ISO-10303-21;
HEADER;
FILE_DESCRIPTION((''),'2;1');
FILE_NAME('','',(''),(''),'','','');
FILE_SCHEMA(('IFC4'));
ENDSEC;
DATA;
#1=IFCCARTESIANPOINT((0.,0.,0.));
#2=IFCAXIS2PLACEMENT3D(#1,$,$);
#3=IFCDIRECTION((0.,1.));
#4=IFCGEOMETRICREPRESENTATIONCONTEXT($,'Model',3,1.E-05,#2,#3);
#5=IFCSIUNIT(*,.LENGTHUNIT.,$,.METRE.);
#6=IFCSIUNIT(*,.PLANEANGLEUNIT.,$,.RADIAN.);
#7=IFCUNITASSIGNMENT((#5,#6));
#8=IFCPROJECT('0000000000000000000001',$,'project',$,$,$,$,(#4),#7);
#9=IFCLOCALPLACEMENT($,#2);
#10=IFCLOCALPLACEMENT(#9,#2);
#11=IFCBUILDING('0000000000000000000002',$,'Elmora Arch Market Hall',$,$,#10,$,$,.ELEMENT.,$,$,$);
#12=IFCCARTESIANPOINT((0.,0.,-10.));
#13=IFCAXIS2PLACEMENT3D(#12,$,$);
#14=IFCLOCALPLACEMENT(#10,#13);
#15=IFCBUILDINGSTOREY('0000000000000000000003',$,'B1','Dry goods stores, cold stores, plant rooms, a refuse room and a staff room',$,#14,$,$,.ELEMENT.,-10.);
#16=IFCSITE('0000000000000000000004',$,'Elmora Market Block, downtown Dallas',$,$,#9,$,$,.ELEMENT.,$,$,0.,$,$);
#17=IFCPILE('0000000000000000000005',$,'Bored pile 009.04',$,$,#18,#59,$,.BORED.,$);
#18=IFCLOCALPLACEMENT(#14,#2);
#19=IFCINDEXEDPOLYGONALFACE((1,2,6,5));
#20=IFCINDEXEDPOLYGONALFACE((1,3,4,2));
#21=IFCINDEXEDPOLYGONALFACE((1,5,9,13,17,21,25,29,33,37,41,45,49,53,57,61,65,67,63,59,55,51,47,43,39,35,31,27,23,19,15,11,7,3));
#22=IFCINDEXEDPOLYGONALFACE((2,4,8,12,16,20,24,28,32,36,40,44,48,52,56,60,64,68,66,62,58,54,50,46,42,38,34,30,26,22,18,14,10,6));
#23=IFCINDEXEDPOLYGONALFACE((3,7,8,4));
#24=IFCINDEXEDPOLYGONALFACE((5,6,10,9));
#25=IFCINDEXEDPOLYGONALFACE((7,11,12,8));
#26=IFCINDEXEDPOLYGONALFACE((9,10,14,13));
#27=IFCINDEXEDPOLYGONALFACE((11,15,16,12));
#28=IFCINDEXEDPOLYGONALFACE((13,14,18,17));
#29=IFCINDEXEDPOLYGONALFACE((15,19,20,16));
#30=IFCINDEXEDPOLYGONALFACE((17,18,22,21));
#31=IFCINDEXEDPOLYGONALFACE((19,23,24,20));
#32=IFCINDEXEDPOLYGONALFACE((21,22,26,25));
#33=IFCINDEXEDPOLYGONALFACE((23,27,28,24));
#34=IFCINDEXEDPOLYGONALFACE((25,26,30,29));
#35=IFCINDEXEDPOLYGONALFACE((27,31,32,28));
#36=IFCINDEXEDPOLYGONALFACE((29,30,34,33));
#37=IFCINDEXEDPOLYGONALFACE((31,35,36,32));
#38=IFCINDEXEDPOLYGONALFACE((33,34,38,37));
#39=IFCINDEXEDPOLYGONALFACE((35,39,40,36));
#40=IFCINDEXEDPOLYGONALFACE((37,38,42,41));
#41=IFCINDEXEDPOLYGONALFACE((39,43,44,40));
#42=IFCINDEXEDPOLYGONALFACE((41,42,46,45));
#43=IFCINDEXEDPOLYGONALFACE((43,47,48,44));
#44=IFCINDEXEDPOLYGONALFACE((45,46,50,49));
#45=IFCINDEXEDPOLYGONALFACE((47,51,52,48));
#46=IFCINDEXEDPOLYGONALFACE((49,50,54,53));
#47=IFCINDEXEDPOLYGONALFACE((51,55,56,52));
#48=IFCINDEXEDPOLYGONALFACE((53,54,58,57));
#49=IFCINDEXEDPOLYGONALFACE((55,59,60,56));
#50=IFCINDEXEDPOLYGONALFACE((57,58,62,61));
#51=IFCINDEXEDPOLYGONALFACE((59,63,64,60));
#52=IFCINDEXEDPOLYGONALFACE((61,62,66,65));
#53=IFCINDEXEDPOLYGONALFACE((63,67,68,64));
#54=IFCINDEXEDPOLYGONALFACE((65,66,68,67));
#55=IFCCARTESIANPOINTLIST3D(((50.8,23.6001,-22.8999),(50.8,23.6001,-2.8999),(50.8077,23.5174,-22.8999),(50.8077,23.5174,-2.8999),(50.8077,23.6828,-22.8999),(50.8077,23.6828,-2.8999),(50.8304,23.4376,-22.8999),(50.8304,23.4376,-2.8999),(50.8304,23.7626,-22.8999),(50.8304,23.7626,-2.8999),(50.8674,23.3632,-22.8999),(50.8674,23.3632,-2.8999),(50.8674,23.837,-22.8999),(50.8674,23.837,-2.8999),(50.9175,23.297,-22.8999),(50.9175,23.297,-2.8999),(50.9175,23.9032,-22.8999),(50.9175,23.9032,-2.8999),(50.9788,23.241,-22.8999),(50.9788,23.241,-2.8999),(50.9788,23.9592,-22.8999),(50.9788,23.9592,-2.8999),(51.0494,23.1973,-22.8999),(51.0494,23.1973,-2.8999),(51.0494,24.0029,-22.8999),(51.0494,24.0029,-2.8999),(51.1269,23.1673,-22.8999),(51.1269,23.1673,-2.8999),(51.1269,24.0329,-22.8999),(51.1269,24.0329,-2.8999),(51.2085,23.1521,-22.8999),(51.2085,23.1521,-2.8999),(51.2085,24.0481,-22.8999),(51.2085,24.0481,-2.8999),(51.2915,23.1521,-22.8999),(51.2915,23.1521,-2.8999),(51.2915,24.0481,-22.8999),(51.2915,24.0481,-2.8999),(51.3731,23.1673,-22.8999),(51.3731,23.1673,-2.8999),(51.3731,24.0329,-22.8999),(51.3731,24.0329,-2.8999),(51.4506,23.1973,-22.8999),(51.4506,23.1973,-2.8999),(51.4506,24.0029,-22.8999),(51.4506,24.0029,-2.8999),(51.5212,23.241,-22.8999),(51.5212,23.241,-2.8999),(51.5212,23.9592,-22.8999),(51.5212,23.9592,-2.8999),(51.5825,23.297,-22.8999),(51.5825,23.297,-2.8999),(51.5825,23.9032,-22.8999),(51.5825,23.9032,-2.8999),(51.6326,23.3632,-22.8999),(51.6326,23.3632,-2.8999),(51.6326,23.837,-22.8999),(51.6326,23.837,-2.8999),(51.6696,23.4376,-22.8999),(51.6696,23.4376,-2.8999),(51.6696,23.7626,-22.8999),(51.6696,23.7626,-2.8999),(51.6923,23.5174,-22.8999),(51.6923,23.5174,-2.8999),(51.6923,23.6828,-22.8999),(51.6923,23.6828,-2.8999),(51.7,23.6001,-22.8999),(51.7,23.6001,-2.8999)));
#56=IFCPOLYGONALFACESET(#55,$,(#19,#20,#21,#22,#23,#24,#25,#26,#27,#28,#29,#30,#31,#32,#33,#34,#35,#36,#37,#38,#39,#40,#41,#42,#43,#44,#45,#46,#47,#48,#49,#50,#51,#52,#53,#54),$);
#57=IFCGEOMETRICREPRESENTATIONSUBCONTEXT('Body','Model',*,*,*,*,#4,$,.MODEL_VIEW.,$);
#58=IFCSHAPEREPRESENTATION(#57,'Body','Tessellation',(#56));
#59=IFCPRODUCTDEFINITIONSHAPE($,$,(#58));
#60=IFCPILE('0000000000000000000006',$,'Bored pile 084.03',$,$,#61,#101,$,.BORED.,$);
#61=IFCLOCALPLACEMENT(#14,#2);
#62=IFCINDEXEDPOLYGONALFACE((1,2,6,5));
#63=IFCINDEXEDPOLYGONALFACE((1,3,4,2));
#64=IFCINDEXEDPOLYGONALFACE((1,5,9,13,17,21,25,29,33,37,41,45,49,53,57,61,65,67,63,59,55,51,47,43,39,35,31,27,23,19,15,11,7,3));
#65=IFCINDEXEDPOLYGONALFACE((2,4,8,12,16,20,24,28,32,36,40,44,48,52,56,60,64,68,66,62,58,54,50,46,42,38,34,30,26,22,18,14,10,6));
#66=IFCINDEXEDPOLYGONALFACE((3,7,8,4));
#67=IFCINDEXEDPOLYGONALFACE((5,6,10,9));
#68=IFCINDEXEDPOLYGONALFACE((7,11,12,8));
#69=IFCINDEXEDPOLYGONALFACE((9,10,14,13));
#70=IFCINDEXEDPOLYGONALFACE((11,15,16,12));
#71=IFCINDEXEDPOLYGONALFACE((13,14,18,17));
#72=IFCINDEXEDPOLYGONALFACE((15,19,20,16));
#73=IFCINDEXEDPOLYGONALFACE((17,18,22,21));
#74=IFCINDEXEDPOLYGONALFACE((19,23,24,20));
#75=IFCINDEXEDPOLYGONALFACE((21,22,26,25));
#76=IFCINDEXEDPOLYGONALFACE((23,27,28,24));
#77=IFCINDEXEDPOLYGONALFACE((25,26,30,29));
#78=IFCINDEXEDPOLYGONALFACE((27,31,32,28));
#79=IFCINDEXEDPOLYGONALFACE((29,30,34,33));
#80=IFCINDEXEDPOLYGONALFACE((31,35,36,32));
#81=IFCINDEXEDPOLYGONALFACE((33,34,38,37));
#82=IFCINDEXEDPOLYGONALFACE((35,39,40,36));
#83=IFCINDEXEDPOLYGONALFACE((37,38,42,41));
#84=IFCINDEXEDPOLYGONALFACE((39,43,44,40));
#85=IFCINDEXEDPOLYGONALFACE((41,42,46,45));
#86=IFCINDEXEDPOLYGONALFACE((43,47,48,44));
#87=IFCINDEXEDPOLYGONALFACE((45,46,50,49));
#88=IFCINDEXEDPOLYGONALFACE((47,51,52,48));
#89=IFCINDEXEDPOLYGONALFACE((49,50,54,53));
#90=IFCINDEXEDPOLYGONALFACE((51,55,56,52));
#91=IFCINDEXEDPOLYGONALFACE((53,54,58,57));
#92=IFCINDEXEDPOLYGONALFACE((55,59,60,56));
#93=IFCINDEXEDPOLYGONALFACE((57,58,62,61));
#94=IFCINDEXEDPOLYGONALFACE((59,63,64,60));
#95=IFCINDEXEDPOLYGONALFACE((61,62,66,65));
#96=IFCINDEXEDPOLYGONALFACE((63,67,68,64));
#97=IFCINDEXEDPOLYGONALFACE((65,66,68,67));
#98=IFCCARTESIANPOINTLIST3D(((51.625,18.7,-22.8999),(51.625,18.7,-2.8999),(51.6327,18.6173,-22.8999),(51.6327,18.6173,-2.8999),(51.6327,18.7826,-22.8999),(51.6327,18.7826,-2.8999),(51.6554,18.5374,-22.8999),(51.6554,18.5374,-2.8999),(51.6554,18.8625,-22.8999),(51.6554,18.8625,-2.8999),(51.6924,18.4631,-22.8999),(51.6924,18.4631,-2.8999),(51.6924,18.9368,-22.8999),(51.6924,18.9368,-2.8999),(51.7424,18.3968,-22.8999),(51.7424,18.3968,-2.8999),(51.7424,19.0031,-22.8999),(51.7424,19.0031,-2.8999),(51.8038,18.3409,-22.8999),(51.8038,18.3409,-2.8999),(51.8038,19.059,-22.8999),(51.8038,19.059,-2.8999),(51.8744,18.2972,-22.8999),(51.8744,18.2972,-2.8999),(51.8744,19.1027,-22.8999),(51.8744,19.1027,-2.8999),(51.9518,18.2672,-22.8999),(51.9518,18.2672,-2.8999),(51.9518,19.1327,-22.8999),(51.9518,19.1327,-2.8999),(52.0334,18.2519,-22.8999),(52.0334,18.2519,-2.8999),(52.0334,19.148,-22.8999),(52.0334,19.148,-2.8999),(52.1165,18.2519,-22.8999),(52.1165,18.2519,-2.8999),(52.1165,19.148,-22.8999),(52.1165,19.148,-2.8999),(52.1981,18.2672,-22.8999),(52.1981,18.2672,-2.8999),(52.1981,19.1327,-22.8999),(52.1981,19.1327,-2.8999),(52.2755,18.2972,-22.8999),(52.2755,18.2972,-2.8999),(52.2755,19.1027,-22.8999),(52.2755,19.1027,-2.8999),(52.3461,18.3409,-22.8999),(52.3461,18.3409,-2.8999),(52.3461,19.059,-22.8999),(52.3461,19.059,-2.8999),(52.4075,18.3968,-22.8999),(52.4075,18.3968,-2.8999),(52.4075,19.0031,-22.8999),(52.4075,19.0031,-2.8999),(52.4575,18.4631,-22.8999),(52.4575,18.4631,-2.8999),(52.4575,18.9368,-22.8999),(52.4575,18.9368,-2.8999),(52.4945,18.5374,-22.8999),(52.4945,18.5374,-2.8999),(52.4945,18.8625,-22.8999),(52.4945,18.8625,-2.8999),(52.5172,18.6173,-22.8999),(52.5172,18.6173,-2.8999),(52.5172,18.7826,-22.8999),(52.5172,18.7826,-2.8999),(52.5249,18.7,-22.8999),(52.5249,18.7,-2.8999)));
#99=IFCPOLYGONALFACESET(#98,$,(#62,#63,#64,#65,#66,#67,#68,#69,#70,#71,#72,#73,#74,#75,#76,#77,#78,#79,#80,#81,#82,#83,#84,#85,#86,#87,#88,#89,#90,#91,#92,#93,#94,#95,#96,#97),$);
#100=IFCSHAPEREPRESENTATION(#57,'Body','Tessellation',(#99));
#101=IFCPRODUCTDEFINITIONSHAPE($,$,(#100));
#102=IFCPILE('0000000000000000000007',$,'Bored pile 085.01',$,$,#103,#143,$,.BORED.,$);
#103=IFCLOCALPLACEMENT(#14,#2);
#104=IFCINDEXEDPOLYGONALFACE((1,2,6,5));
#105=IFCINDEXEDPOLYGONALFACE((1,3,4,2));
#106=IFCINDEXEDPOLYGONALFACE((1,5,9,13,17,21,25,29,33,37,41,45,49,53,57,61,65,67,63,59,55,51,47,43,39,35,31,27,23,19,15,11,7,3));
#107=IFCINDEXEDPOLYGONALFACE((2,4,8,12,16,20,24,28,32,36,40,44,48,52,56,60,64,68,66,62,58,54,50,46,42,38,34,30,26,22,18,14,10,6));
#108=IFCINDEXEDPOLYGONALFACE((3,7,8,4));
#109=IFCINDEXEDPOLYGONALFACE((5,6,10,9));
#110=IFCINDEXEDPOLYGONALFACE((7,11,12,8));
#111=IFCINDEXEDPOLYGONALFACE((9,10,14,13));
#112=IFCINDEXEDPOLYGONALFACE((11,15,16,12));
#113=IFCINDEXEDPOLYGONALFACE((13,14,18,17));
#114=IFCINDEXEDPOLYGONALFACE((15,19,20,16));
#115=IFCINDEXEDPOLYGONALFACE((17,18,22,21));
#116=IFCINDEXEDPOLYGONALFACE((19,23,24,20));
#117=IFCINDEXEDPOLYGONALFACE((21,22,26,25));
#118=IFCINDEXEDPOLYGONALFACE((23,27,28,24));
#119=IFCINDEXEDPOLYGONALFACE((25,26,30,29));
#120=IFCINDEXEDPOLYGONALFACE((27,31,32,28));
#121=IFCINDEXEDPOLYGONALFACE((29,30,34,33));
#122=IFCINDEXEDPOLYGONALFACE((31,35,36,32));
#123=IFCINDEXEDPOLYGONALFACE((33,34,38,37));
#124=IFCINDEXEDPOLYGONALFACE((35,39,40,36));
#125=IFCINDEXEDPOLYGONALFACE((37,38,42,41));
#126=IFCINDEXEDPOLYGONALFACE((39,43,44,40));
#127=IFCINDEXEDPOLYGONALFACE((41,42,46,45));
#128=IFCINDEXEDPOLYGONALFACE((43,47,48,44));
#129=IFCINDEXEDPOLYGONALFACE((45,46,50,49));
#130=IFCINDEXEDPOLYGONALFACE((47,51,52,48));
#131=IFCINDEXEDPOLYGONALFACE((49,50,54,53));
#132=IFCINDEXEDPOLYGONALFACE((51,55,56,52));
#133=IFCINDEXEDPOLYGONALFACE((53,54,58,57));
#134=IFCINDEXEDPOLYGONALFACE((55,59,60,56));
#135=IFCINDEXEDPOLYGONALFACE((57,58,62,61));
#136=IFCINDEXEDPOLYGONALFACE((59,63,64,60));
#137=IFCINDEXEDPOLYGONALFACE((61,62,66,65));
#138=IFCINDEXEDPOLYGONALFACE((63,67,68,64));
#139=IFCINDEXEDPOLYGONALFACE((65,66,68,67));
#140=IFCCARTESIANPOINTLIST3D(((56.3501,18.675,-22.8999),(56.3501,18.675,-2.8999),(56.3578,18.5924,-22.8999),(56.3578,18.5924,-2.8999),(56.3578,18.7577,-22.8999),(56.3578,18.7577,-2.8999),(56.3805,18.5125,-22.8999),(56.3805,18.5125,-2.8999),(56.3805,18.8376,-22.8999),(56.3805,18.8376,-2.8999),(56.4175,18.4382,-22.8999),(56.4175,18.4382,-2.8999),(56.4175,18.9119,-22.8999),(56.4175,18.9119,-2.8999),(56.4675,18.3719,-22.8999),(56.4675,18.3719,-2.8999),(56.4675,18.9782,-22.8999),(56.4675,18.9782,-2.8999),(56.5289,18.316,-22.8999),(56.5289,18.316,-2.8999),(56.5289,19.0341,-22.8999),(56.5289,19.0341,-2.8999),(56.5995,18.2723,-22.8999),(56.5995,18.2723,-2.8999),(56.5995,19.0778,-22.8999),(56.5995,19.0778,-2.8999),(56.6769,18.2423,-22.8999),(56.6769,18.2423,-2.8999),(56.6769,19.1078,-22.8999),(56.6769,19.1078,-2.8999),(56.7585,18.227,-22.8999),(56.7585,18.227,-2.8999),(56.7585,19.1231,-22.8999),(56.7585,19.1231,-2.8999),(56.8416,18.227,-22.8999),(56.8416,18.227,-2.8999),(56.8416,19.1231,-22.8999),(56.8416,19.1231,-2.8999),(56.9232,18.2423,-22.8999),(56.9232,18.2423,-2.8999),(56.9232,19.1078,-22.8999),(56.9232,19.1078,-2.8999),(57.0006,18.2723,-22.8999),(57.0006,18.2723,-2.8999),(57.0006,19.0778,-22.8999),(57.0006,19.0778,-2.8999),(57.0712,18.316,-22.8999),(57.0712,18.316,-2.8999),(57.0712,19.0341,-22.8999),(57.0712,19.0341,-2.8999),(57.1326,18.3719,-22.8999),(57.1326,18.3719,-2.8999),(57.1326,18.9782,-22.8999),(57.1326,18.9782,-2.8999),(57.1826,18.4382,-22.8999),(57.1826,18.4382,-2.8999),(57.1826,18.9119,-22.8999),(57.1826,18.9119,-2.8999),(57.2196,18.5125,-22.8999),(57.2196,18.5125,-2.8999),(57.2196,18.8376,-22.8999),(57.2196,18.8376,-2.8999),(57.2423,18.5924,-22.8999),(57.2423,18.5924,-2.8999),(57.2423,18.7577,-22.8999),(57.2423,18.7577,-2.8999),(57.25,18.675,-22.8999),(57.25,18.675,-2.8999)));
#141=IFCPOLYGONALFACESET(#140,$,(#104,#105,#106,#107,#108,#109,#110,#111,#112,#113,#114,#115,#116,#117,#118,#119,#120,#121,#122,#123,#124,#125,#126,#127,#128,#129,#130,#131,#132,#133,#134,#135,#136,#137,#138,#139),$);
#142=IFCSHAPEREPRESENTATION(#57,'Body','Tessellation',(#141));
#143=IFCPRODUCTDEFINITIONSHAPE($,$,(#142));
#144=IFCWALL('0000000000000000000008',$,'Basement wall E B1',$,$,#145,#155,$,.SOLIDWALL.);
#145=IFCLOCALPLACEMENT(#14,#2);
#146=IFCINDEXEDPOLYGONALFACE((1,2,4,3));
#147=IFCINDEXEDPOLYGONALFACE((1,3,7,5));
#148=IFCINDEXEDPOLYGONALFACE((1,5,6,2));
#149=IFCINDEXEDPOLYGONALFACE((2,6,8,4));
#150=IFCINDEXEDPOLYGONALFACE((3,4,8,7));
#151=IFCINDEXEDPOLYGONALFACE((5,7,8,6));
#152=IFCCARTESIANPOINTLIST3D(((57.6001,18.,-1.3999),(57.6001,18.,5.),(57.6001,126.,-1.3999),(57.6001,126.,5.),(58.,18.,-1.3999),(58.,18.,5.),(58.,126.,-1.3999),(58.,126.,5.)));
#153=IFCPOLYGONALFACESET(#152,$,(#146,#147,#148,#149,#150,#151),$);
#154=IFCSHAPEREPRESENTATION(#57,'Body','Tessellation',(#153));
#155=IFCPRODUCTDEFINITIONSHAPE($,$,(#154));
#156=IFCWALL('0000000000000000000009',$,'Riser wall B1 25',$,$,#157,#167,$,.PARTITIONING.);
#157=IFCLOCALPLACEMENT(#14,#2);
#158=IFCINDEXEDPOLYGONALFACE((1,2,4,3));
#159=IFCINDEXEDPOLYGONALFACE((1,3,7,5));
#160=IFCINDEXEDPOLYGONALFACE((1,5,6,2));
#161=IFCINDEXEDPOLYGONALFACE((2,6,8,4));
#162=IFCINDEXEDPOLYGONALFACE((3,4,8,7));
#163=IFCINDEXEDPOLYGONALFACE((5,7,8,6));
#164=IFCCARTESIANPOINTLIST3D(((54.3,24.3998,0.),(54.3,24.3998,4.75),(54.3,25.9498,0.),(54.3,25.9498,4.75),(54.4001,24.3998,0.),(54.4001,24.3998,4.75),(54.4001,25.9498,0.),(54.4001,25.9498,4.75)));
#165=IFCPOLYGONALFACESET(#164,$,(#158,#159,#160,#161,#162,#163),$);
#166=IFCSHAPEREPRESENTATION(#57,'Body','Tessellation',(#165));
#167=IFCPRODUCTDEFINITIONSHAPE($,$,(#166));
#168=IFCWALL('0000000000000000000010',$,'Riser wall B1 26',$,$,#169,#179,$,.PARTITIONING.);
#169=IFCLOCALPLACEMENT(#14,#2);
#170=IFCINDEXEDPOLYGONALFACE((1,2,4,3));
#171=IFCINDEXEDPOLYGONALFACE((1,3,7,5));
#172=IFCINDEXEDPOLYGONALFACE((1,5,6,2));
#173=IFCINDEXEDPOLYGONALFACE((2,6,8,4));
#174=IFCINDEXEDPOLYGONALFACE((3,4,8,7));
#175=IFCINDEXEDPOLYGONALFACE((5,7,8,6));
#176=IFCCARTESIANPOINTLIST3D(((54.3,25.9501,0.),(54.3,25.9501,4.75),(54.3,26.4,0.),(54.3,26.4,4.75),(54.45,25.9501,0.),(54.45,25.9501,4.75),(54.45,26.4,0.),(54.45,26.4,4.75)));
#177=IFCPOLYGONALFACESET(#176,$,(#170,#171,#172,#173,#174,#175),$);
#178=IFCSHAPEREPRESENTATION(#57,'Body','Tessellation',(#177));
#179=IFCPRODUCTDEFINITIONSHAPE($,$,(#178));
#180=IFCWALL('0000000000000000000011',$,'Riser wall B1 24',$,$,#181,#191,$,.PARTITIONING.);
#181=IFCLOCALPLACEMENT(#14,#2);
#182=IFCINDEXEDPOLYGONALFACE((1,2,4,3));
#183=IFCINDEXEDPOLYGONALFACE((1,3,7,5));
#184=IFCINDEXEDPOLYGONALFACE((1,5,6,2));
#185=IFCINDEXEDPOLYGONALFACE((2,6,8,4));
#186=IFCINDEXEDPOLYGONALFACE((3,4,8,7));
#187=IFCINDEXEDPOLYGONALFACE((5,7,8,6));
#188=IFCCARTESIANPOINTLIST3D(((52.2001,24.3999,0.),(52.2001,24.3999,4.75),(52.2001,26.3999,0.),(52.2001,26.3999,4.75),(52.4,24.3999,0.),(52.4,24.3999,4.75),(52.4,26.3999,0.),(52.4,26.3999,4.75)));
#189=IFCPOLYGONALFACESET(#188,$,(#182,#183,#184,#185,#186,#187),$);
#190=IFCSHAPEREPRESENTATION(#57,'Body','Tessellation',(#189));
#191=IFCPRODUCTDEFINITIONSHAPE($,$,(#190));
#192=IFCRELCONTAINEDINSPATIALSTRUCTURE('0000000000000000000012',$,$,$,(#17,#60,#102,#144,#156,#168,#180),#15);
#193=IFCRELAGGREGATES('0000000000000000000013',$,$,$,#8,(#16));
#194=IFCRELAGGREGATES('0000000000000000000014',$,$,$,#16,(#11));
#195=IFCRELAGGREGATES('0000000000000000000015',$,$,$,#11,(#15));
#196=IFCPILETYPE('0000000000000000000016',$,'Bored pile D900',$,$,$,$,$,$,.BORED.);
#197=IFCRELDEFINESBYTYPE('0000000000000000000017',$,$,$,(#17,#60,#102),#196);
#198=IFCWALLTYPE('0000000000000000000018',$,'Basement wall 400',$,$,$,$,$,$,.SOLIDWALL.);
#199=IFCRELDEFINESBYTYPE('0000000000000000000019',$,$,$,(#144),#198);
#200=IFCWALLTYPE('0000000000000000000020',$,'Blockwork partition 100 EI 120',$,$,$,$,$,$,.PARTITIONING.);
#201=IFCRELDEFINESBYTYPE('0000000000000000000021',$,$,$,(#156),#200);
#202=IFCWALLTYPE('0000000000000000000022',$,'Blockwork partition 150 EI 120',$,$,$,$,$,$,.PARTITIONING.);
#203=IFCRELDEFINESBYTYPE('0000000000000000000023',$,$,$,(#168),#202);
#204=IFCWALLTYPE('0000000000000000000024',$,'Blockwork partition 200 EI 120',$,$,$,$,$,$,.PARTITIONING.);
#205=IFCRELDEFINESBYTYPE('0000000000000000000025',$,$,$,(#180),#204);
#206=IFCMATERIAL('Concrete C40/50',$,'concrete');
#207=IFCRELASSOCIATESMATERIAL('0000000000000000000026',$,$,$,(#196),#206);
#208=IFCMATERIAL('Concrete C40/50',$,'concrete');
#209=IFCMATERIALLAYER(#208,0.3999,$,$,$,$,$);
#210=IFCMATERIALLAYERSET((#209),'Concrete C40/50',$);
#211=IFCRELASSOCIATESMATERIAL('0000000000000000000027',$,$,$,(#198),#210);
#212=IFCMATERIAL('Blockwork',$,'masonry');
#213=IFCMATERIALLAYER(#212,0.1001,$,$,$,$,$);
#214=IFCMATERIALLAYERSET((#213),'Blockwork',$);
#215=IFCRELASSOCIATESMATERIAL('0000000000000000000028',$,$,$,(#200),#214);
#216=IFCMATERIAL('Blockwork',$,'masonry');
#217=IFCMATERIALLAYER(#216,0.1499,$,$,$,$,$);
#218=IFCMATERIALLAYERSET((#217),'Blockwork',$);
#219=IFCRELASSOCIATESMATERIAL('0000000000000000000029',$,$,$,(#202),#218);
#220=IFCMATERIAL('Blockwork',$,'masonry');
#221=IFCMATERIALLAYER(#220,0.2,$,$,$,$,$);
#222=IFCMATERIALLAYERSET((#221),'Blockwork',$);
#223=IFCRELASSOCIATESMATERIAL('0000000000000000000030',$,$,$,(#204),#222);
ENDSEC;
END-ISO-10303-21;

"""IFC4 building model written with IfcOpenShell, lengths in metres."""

from ifc_helpers import new_model, si_unit, direction, frame, frame_2d, origin, origin_2d, place, context, subcontext, project, spatial, rectangle, circle, extrude, material, layer, layer_set, material_profile, profile_set, type_object, element, save


model = new_model("IFC4")

# Units and contexts
model_context = context("Model", 3, precision=1e-05, world=origin(), true_north=direction((0.0, 1.0)))
body_context = subcontext(model_context, "Body", "Model", "MODEL_VIEW")
ifc_project = project(units=[si_unit("LENGTHUNIT", "METRE"), si_unit("PLANEANGLEUNIT", "RADIAN")], contexts=[model_context])

# Site, building, storey
site_placement = place(None, origin())
site = spatial("IfcSite", under=ifc_project, at=site_placement, Name="Elmora Market Block, downtown Dallas", CompositionType="ELEMENT", RefElevation=0.0)
building_placement = place(site_placement, origin())
building = spatial("IfcBuilding", under=site, at=building_placement, Name="Elmora Arch Market Hall", CompositionType="ELEMENT")
storey_placement = place(building_placement, frame((0.0, 0.0, -10.0)))
storey = spatial("IfcBuildingStorey", under=building, at=storey_placement, Name="B1", Description="Dry goods stores, cold stores, plant rooms, a refuse room and a staff room", CompositionType="ELEMENT", Elevation=-10.0)

# Piles
ifc_material_1 = material(Name="Concrete C40/50", Category="concrete")
ifc_material_profile = material_profile(ifc_material_1, circle(Radius=0.45, at=origin_2d()), Name="Bored pile D900")
ifc_profile_set = profile_set([ifc_material_profile], Name="Concrete C40/50")
pile_type = type_object("IfcPileType", Name="Bored pile D900", PredefinedType="BORED", material=ifc_profile_set)
for number, where, z_axis, x_axis, name in (
    (1, (51.25, 23.6001, -2.8999), (0.0, 0.0, -1.0), (1.0, 0.0, 0.0), "Bored pile 009.04"),
    (2, (52.075, 18.7, -2.8999), (0.0, 0.0, -1.0), (1.0, 0.0, 0.0), "Bored pile 084.03"),
    (3, (56.8, 18.675, -2.8999), (0.0, 0.0, -1.0), (1.0, 0.0, 0.0), "Bored pile 085.01"),
):
    element("IfcPile", number, at=place(storey_placement, frame(where, z_axis=z_axis, x_axis=x_axis)), inside=storey, type_object=pile_type, Name=name, PredefinedType="BORED", context=body_context, shape_type="SweptSolid", body=[
        extrude(circle(Radius=0.45, at=origin_2d()), origin(), (0.0, 0.0, 1.0), 20.0),
    ])

# Walls
ifc_material_2 = material(Name="Concrete C40/50", Category="concrete")
ifc_layer_1 = layer(ifc_material_2, 0.3999)
ifc_layer_set_1 = layer_set([ifc_layer_1], Name="Concrete C40/50")
wall_type_1 = type_object("IfcWallType", Name="Basement wall 400", PredefinedType="SOLIDWALL", material=ifc_layer_set_1)
wall_1_placement = place(storey_placement, frame((57.8, 18.0, -1.3999), z_axis=(0.0, 0.0, 1.0), x_axis=(0.0, 1.0, 0.0)))
element("IfcWall", 4, at=wall_1_placement, inside=storey, type_object=wall_type_1, Name="Basement wall E B1", PredefinedType="SOLIDWALL", context=body_context, shape_type="SweptSolid", body=[
    extrude(rectangle(XDim=108.0, YDim=0.3999, at=frame_2d((54.0, 0.0))), origin(), (0.0, 0.0, 1.0), 6.3999),
])
ifc_material_3 = material(Name="Blockwork", Category="masonry")
ifc_layer_2 = layer(ifc_material_3, 0.1001)
ifc_layer_set_2 = layer_set([ifc_layer_2], Name="Blockwork")
wall_type_2 = type_object("IfcWallType", Name="Blockwork partition 100 EI 120", PredefinedType="PARTITIONING", material=ifc_layer_set_2)
wall_2_placement = place(storey_placement, frame((54.3501, 24.3999, 0.0), z_axis=(0.0, 0.0, 1.0), x_axis=(0.0, 1.0, 0.0)))
element("IfcWall", 5, at=wall_2_placement, inside=storey, type_object=wall_type_2, Name="Riser wall B1 25", PredefinedType="PARTITIONING", context=body_context, shape_type="SweptSolid", body=[
    extrude(rectangle(XDim=1.55, YDim=0.1001, at=frame_2d((0.7749, 0.0))), origin(), (0.0, 0.0, 1.0), 4.75),
])
ifc_material_4 = material(Name="Blockwork", Category="masonry")
ifc_layer_3 = layer(ifc_material_4, 0.1499)
ifc_layer_set_3 = layer_set([ifc_layer_3], Name="Blockwork")
wall_type_3 = type_object("IfcWallType", Name="Blockwork partition 150 EI 120", PredefinedType="PARTITIONING", material=ifc_layer_set_3)
wall_3_placement = place(storey_placement, frame((54.375, 25.95, 0.0), z_axis=(0.0, 0.0, 1.0), x_axis=(0.0, 1.0, 0.0)))
element("IfcWall", 6, at=wall_3_placement, inside=storey, type_object=wall_type_3, Name="Riser wall B1 26", PredefinedType="PARTITIONING", context=body_context, shape_type="SweptSolid", body=[
    extrude(rectangle(XDim=0.45, YDim=0.1499, at=frame_2d((0.2251, 0.0))), origin(), (0.0, 0.0, 1.0), 4.75),
])
ifc_material_5 = material(Name="Blockwork", Category="masonry")
ifc_layer_4 = layer(ifc_material_5, 0.2)
ifc_layer_set_4 = layer_set([ifc_layer_4], Name="Blockwork")
wall_type_4 = type_object("IfcWallType", Name="Blockwork partition 200 EI 120", PredefinedType="PARTITIONING", material=ifc_layer_set_4)
wall_4_placement = place(storey_placement, frame((52.3, 24.3999, 0.0), z_axis=(0.0, 0.0, 1.0), x_axis=(0.0, 1.0, 0.0)))
element("IfcWall", 7, at=wall_4_placement, inside=storey, type_object=wall_type_4, Name="Riser wall B1 24", PredefinedType="PARTITIONING", context=body_context, shape_type="SweptSolid", body=[
    extrude(rectangle(XDim=2.0, YDim=0.2, at=frame_2d((1.0, 0.0))), origin(), (0.0, 0.0, 1.0), 4.75),
])

save(model, "model.ifc")
